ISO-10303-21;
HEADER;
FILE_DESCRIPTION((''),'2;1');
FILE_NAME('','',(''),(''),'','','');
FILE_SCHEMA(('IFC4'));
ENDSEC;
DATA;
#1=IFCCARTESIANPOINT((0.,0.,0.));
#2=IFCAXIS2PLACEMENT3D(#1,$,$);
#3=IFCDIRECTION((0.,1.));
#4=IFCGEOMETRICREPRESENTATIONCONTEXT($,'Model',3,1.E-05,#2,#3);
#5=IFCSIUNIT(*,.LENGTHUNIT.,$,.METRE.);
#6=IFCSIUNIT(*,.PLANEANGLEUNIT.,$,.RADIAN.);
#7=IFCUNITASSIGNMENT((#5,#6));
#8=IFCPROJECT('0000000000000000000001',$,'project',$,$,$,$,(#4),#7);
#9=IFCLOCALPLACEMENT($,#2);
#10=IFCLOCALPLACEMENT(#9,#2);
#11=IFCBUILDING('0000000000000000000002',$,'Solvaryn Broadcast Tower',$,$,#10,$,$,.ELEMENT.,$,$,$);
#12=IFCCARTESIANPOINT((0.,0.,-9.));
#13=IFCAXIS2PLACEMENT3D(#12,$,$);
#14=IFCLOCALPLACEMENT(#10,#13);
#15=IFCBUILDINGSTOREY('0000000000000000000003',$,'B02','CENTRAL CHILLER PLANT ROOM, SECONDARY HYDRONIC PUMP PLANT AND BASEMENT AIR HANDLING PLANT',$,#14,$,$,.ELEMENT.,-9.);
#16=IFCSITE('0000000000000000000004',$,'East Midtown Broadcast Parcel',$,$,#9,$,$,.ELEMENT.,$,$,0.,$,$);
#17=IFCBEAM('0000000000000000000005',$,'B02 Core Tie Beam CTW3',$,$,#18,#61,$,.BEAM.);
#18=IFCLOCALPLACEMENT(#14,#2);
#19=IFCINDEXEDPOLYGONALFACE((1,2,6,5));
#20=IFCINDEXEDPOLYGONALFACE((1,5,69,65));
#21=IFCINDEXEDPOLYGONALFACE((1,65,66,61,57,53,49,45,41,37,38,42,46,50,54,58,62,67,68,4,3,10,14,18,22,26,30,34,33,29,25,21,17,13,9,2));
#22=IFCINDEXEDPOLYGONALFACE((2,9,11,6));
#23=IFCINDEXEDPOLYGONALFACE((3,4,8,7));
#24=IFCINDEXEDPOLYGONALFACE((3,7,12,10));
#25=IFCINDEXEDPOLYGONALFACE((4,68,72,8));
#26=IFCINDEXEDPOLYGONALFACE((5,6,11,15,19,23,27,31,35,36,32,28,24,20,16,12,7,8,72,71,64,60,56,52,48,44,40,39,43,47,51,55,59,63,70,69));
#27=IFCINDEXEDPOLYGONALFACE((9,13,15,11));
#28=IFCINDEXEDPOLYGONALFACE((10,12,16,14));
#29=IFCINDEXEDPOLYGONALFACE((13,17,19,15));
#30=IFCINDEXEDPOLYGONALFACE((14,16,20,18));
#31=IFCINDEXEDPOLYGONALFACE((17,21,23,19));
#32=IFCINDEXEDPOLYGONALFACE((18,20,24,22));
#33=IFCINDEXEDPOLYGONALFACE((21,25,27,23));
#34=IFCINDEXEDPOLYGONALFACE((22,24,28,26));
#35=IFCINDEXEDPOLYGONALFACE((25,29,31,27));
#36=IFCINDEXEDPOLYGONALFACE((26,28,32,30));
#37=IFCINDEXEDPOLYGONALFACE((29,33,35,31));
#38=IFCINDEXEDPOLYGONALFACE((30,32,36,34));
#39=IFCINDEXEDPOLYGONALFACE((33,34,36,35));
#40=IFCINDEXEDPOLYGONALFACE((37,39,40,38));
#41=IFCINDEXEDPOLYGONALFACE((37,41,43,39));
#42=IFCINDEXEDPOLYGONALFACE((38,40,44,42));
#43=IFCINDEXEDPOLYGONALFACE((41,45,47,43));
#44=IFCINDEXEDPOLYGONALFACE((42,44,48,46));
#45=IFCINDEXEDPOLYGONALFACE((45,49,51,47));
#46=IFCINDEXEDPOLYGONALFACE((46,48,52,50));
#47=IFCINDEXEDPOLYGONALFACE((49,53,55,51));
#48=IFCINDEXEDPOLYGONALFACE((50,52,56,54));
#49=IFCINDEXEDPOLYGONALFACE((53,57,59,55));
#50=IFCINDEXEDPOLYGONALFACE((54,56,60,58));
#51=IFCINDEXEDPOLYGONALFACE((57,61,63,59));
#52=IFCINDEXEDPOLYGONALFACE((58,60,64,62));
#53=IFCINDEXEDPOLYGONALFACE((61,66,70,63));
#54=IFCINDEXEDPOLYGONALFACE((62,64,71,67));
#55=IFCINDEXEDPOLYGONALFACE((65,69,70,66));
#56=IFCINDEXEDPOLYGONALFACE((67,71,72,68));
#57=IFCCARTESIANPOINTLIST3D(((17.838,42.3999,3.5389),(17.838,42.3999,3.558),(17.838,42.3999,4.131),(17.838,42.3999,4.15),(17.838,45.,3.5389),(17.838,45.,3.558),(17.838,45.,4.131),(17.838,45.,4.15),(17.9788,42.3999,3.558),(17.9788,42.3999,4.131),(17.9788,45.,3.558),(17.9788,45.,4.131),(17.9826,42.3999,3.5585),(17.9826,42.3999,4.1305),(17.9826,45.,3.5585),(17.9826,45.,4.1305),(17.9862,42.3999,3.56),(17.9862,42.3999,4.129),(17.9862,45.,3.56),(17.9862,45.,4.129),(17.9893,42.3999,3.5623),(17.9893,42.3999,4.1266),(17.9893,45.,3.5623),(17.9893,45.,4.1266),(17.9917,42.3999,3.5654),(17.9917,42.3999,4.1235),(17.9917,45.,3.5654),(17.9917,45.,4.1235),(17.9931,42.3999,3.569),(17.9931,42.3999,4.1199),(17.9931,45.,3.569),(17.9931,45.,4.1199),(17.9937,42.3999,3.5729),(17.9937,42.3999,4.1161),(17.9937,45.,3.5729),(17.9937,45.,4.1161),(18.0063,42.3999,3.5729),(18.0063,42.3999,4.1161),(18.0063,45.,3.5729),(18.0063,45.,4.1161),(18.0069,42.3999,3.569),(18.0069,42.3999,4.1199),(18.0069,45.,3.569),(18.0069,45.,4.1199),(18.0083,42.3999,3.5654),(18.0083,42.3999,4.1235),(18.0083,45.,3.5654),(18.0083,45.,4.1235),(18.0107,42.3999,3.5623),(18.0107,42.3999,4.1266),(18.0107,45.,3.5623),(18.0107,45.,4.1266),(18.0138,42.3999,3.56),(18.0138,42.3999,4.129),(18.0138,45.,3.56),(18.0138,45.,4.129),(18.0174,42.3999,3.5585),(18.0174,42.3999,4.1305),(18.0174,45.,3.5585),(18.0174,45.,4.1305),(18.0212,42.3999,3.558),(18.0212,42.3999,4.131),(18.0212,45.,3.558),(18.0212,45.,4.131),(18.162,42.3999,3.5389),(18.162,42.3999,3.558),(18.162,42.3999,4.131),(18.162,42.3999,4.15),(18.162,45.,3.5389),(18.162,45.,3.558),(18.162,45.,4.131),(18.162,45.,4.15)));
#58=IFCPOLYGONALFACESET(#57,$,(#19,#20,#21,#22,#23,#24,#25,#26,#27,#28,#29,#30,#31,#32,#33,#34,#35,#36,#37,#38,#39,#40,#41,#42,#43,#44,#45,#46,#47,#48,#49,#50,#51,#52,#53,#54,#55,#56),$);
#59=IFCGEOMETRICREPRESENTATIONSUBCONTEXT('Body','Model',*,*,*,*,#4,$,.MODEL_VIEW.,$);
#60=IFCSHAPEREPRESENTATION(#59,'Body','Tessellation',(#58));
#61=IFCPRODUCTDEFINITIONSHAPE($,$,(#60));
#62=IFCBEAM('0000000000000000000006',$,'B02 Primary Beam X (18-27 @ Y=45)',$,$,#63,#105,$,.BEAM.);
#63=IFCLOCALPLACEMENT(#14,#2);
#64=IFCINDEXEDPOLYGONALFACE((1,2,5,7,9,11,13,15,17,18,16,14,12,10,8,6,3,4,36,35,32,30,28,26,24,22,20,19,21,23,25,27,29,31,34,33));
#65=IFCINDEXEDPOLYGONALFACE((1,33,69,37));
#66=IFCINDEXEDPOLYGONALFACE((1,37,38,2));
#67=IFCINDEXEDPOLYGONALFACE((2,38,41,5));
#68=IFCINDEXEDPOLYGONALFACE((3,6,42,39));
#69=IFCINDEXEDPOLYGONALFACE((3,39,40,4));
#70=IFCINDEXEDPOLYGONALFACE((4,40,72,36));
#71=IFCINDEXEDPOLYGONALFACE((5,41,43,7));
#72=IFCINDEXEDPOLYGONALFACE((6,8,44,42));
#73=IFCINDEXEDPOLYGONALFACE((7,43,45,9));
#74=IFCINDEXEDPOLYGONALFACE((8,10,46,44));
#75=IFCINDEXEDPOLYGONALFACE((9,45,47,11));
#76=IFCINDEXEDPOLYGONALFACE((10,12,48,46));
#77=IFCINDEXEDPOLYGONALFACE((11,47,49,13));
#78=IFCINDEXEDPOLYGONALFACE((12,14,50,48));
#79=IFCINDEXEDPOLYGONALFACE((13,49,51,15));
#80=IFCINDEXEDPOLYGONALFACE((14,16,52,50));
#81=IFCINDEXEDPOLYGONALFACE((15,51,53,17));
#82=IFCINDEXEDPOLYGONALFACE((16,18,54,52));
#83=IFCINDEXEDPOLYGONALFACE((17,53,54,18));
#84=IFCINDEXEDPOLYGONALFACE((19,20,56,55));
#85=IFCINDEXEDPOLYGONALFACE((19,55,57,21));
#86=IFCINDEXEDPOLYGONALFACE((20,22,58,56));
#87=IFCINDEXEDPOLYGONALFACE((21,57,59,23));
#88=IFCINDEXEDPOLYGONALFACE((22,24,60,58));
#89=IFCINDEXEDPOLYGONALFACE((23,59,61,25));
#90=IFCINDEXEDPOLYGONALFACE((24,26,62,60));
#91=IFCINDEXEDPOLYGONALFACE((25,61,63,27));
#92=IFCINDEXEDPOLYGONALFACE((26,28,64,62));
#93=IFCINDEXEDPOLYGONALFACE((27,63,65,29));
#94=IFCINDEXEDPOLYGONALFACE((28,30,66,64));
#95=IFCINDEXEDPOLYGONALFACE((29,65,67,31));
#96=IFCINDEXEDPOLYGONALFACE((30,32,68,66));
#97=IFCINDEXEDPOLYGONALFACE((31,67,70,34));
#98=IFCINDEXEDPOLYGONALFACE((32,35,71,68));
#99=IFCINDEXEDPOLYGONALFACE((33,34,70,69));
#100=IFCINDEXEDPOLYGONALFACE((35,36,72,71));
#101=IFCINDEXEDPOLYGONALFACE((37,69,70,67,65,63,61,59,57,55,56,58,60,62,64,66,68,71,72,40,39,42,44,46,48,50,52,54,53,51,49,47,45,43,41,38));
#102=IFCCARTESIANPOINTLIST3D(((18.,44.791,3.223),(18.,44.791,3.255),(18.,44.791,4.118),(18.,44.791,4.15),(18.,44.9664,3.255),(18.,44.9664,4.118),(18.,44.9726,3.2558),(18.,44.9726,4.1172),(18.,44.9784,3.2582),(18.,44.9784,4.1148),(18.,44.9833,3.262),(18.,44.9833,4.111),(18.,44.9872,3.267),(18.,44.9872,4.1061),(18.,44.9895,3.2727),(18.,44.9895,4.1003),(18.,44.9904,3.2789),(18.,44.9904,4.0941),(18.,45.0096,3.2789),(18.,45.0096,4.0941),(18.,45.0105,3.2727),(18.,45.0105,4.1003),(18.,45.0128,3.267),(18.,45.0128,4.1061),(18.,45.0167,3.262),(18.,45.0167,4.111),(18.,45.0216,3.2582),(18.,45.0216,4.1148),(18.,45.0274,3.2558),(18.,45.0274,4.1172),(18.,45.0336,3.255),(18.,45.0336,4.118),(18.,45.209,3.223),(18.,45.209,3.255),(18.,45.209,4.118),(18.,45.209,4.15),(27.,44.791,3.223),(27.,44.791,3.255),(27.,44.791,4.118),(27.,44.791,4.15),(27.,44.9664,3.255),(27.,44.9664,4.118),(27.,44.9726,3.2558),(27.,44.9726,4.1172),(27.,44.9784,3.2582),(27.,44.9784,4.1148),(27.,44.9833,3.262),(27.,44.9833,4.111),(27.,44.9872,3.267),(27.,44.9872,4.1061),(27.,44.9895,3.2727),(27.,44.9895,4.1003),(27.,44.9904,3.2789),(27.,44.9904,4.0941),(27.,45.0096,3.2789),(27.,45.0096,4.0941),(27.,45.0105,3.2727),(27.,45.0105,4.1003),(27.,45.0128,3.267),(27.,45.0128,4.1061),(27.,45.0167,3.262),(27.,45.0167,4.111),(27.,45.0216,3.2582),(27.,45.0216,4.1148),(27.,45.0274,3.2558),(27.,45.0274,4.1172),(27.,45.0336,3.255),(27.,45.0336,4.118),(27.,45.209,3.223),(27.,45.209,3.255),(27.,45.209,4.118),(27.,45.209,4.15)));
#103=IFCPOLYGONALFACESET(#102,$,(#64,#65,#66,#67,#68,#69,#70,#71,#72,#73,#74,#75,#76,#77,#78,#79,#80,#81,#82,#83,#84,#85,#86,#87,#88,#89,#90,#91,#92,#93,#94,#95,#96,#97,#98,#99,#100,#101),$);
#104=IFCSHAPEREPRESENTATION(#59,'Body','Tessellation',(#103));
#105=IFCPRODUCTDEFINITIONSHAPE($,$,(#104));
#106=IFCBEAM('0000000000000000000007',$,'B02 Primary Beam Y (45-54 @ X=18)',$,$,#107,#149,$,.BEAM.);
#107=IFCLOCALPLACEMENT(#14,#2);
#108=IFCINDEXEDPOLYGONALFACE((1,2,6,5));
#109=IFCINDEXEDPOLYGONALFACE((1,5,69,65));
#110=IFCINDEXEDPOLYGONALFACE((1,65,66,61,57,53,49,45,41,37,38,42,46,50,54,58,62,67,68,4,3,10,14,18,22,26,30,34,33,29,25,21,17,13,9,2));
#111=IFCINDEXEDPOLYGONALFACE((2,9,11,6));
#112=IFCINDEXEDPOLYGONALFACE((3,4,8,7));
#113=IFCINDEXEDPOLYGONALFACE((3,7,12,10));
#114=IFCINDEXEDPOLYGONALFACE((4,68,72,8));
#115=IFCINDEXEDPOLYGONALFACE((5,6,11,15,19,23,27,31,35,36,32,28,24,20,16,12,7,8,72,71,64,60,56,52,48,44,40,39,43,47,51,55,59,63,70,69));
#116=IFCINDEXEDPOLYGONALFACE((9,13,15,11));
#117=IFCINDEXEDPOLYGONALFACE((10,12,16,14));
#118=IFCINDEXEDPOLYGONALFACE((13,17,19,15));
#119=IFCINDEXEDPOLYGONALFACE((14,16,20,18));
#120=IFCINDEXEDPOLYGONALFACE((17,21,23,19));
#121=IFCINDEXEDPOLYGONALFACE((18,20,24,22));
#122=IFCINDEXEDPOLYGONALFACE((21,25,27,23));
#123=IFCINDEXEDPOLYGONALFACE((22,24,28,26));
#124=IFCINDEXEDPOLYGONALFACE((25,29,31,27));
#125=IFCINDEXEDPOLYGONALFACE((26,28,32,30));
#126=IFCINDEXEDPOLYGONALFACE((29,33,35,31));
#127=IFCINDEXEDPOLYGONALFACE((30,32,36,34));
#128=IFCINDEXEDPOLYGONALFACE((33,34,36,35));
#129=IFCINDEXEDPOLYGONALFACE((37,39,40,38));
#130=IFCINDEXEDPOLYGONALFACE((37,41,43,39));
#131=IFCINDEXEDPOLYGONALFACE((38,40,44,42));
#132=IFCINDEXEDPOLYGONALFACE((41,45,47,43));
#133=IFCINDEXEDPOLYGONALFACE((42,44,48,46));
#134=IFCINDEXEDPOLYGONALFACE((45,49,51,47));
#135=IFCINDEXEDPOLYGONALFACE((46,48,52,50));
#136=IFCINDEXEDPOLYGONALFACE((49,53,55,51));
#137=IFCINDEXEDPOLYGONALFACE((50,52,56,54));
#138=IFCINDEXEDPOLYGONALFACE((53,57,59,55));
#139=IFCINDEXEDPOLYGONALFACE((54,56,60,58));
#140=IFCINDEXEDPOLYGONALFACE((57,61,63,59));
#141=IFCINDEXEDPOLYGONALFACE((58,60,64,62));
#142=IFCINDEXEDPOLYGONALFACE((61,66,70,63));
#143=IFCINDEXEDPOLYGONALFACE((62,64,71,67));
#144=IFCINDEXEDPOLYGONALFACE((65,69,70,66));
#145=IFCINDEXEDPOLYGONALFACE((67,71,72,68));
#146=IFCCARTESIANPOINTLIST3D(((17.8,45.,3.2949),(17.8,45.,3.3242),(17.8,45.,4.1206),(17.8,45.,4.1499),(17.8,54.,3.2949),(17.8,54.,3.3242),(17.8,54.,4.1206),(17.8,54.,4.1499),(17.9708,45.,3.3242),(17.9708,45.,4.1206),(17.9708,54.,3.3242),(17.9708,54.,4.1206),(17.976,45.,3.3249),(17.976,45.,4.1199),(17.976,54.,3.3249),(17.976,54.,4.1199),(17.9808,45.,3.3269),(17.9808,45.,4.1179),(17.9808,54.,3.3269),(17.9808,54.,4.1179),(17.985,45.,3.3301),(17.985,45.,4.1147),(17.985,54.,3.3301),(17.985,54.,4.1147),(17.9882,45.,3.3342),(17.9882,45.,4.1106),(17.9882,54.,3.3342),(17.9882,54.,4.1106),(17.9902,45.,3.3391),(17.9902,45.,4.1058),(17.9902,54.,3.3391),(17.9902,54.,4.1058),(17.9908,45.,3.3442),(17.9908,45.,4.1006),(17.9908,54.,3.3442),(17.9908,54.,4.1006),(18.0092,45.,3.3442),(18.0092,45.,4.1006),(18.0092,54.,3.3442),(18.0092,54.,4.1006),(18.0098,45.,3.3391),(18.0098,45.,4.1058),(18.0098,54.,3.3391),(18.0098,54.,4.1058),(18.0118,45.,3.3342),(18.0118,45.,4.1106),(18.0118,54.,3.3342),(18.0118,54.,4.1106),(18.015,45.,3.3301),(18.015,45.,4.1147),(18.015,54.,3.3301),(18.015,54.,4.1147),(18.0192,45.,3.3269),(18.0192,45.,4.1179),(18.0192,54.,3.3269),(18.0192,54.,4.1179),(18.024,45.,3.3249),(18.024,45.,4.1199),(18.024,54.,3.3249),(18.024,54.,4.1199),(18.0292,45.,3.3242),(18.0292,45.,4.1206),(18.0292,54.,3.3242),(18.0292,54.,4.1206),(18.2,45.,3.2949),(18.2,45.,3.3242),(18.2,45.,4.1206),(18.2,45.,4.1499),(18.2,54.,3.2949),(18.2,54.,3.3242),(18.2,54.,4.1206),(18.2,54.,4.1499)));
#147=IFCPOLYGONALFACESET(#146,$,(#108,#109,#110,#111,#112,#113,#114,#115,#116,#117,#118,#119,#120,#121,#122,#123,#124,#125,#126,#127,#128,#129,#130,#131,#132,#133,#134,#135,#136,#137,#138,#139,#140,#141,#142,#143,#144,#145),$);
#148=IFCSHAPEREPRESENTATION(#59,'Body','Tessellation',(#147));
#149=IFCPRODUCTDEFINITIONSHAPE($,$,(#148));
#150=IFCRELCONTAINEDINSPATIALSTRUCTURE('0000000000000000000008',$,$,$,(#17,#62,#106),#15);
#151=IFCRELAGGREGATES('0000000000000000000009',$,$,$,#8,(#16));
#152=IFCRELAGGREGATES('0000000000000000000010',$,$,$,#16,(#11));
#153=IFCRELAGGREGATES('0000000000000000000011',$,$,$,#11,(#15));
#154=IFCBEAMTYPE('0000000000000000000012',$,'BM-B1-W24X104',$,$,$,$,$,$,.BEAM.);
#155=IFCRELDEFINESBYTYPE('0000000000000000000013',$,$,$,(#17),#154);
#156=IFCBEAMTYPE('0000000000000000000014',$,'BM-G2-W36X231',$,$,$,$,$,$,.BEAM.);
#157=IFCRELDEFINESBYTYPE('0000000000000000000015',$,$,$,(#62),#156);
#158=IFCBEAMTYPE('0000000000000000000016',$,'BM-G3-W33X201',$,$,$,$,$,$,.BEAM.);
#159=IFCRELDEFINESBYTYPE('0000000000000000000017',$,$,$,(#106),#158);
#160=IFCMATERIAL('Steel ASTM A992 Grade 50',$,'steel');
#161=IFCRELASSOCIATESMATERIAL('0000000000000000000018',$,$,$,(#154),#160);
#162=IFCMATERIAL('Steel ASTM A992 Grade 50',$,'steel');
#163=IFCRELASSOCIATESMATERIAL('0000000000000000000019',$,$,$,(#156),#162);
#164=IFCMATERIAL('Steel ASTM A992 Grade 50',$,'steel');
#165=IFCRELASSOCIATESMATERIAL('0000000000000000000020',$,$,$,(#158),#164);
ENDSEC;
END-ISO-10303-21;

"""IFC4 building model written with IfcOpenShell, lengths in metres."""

from ifc_helpers import new_model, si_unit, direction, frame, origin, origin_2d, place, context, subcontext, project, spatial, i_section, extrude, material, material_profile, profile_set, type_object, element, save


model = new_model("IFC4")

# Units and contexts
model_context = context("Model", 3, precision=1e-05, world=origin(), true_north=direction((0.0, 1.0)))
body_context = subcontext(model_context, "Body", "Model", "MODEL_VIEW")
ifc_project = project(units=[si_unit("LENGTHUNIT", "METRE"), si_unit("PLANEANGLEUNIT", "RADIAN")], contexts=[model_context])

# Site, building, storey
site_placement = place(None, origin())
site = spatial("IfcSite", under=ifc_project, at=site_placement, Name="East Midtown Broadcast Parcel", CompositionType="ELEMENT", RefElevation=0.0)
building_placement = place(site_placement, origin())
building = spatial("IfcBuilding", under=site, at=building_placement, Name="Solvaryn Broadcast Tower", CompositionType="ELEMENT")
storey_placement = place(building_placement, frame((0.0, 0.0, -9.0)))
storey = spatial("IfcBuildingStorey", under=building, at=storey_placement, Name="B02", Description="CENTRAL CHILLER PLANT ROOM, SECONDARY HYDRONIC PUMP PLANT AND BASEMENT AIR HANDLING PLANT", CompositionType="ELEMENT", Elevation=-9.0)

# Beams
ifc_material_1 = material(Name="Steel ASTM A992 Grade 50", Category="steel")
ifc_material_profile_1 = material_profile(ifc_material_1, i_section(OverallWidth=0.324, OverallDepth=0.6111, WebThickness=0.0127, FlangeThickness=0.019, FilletRadius=0.0149, at=origin_2d()))
ifc_profile_set_1 = profile_set([ifc_material_profile_1], Name="Steel ASTM A992 Grade 50")
beam_type_1 = type_object("IfcBeamType", Name="BM-B1-W24X104", PredefinedType="BEAM", material=ifc_profile_set_1)
beam_1_placement = place(storey_placement, frame((18.0, 42.3999, 3.8445), z_axis=(0.0, 1.0, 0.0), x_axis=(-1.0, 0.0, 0.0)))
element("IfcBeam", 1, at=beam_1_placement, inside=storey, type_object=beam_type_1, Name="B02 Core Tie Beam CTW3", PredefinedType="BEAM", context=body_context, shape_type="SweptSolid", body=[
    extrude(i_section(OverallWidth=0.324, OverallDepth=0.6111, WebThickness=0.0127, FlangeThickness=0.019, FilletRadius=0.0149, at=origin_2d()), origin(), (0.0, 0.0, 1.0), 2.6001),
])
ifc_material_2 = material(Name="Steel ASTM A992 Grade 50", Category="steel")
ifc_material_profile_2 = material_profile(ifc_material_2, i_section(OverallWidth=0.418, OverallDepth=0.927, WebThickness=0.0193, FlangeThickness=0.032, FilletRadius=0.0239, at=origin_2d()))
ifc_profile_set_2 = profile_set([ifc_material_profile_2], Name="Steel ASTM A992 Grade 50")
beam_type_2 = type_object("IfcBeamType", Name="BM-G2-W36X231", PredefinedType="BEAM", material=ifc_profile_set_2)
beam_2_placement = place(storey_placement, frame((18.0, 45.0, 3.6865), z_axis=(1.0, 0.0, 0.0), x_axis=(0.0, 1.0, 0.0)))
element("IfcBeam", 2, at=beam_2_placement, inside=storey, type_object=beam_type_2, Name="B02 Primary Beam X (18-27 @ Y=45)", PredefinedType="BEAM", context=body_context, shape_type="SweptSolid", body=[
    extrude(i_section(OverallWidth=0.418, OverallDepth=0.927, WebThickness=0.0193, FlangeThickness=0.032, FilletRadius=0.0239, at=origin_2d()), origin(), (0.0, 0.0, 1.0), 9.0),
])
ifc_material_3 = material(Name="Steel ASTM A992 Grade 50", Category="steel")
ifc_material_profile_3 = material_profile(ifc_material_3, i_section(OverallWidth=0.3999, OverallDepth=0.855, WebThickness=0.0183, FlangeThickness=0.0293, FilletRadius=0.02, at=origin_2d()))
ifc_profile_set_3 = profile_set([ifc_material_profile_3], Name="Steel ASTM A992 Grade 50")
beam_type_3 = type_object("IfcBeamType", Name="BM-G3-W33X201", PredefinedType="BEAM", material=ifc_profile_set_3)
beam_3_placement = place(storey_placement, frame((18.0, 45.0, 3.7224), z_axis=(0.0, 1.0, 0.0), x_axis=(-1.0, 0.0, 0.0)))
element("IfcBeam", 3, at=beam_3_placement, inside=storey, type_object=beam_type_3, Name="B02 Primary Beam Y (45-54 @ X=18)", PredefinedType="BEAM", context=body_context, shape_type="SweptSolid", body=[
    extrude(i_section(OverallWidth=0.3999, OverallDepth=0.855, WebThickness=0.0183, FlangeThickness=0.0293, FilletRadius=0.02, at=origin_2d()), origin(), (0.0, 0.0, 1.0), 9.0),
])

save(model, "model.ifc")
